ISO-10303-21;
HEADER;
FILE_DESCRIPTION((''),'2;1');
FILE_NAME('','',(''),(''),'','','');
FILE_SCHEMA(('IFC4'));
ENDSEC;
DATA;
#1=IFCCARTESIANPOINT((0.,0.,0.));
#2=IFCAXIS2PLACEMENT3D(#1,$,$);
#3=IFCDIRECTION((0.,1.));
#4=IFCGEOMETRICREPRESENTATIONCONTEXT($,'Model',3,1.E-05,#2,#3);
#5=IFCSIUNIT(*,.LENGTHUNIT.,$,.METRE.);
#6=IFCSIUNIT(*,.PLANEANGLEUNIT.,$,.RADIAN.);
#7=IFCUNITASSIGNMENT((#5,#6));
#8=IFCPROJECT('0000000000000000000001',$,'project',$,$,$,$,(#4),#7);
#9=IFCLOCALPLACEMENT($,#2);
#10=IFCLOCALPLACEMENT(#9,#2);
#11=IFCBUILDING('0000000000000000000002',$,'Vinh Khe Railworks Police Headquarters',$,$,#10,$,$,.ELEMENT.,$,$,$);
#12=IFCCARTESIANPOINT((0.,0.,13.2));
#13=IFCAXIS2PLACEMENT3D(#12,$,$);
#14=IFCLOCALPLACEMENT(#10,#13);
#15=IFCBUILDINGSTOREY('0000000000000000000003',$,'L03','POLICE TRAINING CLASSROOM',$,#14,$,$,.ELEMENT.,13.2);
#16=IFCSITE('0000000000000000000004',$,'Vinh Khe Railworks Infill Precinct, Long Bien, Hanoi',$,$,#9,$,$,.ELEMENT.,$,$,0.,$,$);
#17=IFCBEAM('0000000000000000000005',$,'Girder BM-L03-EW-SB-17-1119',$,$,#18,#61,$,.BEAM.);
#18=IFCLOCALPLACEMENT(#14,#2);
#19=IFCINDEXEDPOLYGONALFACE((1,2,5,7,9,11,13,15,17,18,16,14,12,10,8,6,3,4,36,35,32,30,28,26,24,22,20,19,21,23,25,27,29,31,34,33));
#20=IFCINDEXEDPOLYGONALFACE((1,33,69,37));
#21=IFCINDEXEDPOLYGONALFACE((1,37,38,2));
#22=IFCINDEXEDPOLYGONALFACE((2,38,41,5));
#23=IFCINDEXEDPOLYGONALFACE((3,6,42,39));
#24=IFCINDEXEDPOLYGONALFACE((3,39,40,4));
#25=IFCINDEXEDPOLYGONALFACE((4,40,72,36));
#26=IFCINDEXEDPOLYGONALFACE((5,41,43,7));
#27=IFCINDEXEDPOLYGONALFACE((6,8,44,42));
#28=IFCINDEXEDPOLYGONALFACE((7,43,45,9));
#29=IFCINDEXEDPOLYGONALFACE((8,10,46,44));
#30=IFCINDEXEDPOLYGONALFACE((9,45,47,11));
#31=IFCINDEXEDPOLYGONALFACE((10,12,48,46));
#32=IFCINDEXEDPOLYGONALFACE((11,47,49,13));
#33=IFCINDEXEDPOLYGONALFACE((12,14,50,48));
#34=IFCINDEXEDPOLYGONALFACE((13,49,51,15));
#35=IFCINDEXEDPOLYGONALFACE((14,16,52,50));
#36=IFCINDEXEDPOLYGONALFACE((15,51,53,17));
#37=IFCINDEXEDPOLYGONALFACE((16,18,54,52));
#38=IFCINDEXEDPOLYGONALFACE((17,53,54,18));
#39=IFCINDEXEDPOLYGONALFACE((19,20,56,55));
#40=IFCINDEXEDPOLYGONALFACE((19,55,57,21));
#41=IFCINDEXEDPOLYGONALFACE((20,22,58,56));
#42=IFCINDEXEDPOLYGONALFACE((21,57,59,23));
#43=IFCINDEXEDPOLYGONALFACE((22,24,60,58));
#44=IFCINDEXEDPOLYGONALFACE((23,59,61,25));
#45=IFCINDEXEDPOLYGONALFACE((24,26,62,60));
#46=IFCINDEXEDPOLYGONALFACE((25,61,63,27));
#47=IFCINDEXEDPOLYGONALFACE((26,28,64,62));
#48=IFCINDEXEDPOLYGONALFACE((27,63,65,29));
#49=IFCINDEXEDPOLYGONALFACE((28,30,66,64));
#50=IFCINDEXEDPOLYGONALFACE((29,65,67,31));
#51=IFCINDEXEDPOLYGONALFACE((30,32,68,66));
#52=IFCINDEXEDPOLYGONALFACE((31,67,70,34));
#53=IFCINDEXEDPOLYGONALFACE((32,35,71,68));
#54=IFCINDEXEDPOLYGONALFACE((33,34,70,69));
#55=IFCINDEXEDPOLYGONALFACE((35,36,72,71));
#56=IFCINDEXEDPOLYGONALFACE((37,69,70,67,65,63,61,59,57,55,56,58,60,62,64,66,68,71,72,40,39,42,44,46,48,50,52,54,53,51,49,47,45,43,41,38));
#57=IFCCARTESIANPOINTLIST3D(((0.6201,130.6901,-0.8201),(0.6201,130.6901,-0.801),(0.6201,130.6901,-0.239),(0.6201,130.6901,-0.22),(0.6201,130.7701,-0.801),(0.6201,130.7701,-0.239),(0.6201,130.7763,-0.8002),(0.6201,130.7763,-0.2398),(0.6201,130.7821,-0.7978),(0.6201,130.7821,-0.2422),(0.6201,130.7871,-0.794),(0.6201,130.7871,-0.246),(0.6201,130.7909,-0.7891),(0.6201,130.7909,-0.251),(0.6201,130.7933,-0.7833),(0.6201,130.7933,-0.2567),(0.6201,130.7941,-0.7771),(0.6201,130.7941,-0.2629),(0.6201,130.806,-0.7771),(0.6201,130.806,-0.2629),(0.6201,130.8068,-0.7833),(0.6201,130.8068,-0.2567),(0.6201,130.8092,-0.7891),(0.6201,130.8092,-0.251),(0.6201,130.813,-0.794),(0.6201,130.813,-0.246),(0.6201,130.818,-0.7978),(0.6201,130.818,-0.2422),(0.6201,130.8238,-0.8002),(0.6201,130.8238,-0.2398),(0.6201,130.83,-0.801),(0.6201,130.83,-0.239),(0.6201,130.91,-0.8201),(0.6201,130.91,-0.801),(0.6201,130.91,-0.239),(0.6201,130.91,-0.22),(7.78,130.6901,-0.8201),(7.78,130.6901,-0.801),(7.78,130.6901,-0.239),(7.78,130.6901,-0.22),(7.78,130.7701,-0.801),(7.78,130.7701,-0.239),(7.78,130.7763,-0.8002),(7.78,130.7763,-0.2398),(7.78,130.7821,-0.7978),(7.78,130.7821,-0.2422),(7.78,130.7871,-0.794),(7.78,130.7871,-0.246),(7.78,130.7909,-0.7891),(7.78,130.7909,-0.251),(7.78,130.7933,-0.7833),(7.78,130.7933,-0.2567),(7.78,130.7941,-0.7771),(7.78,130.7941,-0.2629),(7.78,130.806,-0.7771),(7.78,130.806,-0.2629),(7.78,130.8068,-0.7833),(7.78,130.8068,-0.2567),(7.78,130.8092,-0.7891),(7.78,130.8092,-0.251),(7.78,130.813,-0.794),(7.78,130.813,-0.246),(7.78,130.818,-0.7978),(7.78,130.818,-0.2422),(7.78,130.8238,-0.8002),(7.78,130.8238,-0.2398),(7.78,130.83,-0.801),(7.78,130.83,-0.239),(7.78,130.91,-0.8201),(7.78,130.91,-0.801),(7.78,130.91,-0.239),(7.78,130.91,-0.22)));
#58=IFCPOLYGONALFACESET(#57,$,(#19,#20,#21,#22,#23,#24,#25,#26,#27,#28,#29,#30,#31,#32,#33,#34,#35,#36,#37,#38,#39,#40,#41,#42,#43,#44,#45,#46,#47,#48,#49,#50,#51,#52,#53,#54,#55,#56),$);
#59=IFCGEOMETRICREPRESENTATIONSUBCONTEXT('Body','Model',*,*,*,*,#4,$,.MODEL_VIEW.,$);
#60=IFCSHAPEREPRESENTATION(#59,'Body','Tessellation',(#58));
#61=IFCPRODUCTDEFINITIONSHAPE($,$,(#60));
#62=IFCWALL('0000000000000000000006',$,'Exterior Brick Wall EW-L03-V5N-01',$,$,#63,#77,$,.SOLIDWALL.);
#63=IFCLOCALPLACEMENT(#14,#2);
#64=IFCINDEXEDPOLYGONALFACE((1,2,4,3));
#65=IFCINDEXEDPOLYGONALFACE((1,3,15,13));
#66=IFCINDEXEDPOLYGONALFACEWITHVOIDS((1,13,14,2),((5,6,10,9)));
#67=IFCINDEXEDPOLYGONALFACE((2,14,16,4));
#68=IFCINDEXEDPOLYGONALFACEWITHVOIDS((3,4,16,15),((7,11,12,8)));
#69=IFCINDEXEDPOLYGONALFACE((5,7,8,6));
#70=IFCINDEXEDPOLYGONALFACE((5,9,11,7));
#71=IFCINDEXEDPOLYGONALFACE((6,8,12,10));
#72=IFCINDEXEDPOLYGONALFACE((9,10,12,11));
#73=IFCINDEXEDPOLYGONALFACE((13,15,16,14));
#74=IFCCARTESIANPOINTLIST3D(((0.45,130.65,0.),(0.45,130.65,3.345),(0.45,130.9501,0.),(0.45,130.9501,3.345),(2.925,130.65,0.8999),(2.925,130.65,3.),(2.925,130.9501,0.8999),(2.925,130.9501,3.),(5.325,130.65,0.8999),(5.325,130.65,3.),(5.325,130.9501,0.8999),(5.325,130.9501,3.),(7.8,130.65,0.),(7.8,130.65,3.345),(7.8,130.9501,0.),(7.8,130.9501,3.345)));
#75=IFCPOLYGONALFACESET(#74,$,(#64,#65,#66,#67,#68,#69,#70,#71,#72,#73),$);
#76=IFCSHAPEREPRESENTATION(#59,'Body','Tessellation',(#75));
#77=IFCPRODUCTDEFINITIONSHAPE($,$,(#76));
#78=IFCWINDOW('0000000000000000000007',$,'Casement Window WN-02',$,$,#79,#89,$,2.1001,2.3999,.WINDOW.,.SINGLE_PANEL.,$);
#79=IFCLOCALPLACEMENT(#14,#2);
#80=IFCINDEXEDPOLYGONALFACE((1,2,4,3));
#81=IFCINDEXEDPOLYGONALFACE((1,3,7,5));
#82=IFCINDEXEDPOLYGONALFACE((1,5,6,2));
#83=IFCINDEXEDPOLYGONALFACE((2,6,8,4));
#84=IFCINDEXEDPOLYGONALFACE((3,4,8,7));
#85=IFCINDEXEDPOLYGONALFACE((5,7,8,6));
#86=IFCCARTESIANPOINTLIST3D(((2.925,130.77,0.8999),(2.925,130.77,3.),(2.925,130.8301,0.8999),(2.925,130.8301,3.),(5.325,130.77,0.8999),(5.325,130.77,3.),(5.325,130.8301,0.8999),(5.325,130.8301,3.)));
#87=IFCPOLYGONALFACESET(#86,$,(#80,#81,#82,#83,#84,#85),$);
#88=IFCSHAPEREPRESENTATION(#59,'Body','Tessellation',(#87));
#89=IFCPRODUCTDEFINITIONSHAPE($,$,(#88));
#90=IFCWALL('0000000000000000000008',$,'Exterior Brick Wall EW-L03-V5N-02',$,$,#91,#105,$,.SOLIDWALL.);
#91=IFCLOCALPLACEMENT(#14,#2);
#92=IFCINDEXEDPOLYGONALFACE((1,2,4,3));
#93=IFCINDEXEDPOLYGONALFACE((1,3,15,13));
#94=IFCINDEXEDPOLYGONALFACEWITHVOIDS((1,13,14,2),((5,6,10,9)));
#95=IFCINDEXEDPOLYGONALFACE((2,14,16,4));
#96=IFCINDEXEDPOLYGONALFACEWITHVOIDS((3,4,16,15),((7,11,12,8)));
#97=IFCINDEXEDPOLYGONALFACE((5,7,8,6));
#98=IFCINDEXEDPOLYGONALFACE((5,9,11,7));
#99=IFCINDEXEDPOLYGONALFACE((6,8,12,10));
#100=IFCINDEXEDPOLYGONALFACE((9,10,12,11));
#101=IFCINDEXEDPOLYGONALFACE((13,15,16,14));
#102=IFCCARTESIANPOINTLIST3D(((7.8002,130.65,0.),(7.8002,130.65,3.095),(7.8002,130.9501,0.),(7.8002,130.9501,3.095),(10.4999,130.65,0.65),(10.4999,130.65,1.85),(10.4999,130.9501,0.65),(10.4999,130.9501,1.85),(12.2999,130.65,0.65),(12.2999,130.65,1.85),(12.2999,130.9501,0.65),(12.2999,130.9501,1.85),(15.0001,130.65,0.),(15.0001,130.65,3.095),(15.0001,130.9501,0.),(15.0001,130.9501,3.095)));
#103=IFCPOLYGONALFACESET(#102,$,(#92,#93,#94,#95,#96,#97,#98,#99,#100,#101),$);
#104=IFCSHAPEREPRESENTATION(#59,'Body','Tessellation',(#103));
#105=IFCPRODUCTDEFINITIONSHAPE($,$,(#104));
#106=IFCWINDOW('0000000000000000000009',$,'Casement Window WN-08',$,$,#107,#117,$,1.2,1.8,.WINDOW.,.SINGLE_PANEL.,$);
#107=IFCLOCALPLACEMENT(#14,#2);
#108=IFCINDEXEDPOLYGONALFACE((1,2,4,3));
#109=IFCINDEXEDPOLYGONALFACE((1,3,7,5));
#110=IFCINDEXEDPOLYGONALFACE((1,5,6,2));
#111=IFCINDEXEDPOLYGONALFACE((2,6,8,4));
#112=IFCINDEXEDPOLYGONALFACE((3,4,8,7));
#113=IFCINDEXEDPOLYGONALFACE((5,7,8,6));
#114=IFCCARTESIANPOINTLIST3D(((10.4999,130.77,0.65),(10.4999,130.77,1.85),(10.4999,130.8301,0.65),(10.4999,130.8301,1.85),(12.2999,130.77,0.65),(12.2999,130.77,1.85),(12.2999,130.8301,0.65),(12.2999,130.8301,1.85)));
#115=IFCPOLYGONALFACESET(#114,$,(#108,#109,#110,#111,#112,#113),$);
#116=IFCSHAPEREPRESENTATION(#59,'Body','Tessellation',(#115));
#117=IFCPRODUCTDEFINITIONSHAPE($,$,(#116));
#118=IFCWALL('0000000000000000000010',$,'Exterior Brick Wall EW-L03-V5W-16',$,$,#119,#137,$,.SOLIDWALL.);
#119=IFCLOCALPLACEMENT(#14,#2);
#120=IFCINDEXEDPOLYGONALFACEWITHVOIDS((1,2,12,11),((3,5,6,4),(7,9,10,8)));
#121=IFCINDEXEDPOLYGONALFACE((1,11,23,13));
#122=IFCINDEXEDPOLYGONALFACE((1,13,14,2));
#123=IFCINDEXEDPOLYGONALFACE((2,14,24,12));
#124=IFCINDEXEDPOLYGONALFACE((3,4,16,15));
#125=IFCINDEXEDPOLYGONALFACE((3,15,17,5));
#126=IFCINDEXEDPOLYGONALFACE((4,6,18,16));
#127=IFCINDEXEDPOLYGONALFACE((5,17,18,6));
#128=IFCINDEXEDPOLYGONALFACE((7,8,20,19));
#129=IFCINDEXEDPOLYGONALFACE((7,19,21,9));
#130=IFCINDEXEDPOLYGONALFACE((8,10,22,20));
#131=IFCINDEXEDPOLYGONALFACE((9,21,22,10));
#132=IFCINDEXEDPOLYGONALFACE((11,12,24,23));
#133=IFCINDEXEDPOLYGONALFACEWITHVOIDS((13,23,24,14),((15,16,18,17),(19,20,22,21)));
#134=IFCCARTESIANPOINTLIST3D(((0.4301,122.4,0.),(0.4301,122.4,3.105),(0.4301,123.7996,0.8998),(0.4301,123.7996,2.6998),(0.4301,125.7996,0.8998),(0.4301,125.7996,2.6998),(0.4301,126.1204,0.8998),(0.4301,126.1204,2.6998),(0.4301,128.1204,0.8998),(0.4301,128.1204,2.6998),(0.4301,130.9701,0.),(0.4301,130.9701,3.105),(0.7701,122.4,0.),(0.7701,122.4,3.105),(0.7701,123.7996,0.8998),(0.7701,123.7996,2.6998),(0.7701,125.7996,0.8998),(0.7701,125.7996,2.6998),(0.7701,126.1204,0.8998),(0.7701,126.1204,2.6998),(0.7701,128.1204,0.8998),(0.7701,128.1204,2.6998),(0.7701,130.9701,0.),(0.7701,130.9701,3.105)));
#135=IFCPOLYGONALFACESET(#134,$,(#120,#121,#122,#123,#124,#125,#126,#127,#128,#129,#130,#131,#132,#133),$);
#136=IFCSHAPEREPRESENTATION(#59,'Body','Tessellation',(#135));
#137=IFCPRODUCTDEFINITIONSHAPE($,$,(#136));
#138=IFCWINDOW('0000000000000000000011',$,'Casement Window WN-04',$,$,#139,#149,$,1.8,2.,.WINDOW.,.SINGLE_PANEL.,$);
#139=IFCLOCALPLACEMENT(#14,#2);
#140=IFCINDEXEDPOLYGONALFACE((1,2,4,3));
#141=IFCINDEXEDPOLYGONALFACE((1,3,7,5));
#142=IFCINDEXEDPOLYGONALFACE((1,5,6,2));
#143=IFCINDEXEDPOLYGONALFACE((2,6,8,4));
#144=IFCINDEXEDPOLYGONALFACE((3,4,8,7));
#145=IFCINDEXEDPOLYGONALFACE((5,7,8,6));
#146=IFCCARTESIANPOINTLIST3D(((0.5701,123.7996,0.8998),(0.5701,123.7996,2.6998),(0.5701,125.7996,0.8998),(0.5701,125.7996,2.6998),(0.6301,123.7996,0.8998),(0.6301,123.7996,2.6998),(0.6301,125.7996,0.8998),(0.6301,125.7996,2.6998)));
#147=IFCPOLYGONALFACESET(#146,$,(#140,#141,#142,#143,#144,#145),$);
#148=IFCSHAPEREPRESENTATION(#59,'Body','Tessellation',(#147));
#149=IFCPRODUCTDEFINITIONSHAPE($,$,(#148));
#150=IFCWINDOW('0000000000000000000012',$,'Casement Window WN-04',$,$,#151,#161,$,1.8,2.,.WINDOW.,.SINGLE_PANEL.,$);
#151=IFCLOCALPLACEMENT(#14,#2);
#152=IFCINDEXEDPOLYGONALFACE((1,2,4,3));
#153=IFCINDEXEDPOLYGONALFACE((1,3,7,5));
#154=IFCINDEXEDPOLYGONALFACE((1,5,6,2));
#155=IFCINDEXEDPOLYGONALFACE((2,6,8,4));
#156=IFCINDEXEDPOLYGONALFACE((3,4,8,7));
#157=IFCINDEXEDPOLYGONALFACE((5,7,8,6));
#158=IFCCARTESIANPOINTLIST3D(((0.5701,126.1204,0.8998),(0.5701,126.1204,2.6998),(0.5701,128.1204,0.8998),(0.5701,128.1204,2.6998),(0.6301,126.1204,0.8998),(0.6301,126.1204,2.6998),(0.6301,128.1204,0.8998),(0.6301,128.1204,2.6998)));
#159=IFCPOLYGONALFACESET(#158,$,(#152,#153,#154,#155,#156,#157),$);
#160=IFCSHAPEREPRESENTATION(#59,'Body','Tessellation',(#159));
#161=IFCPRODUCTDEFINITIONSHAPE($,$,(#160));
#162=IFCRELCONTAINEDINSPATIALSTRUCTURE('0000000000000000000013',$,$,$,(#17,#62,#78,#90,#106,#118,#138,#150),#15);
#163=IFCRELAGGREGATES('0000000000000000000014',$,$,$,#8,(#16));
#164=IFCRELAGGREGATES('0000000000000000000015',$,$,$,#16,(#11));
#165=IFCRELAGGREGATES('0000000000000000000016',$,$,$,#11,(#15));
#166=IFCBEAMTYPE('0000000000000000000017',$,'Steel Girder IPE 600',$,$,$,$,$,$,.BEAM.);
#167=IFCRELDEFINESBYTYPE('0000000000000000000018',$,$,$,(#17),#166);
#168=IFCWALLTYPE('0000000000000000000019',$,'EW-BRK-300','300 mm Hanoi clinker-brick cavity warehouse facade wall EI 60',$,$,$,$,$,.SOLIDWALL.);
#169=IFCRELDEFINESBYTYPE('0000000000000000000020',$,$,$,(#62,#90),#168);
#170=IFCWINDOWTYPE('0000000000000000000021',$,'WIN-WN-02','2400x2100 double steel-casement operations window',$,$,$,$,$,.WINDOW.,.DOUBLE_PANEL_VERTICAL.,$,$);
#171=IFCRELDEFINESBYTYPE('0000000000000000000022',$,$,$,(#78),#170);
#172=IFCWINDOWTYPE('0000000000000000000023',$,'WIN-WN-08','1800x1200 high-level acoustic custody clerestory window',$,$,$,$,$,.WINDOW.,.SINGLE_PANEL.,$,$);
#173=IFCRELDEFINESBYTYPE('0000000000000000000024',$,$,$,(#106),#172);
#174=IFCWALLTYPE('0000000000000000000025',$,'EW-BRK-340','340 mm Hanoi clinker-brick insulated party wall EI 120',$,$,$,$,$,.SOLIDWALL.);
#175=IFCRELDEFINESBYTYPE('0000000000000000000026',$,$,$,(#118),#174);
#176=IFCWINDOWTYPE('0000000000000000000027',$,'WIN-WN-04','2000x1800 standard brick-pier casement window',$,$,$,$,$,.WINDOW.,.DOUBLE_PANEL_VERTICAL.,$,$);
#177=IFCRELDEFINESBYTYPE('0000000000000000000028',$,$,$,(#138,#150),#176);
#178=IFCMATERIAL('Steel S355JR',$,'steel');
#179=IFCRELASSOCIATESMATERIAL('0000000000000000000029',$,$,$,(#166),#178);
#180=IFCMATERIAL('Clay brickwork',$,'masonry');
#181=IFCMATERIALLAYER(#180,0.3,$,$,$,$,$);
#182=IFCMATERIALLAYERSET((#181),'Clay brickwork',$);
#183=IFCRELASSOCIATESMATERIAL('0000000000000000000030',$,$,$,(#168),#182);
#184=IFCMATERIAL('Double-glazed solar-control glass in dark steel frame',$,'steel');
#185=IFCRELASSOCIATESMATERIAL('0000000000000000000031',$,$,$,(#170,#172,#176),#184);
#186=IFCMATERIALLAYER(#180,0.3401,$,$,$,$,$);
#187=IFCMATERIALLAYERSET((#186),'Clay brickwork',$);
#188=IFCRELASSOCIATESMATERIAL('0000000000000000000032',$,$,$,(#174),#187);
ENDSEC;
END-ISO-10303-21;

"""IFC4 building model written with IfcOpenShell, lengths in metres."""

from ifc_helpers import new_model, si_unit, direction, frame, frame_2d, origin, origin_2d, place, context, subcontext, project, spatial, rectangle, i_section, extrude, material, layer, layer_set, material_profile, profile_set, type_object, element, fill, save


model = new_model("IFC4")

# Units and contexts
model_context = context("Model", 3, precision=1e-05, world=origin(), true_north=direction((0.0, 1.0)))
body_context = subcontext(model_context, "Body", "Model", "MODEL_VIEW")
ifc_project = project(units=[si_unit("LENGTHUNIT", "METRE"), si_unit("PLANEANGLEUNIT", "RADIAN")], contexts=[model_context])

# Site, building, storey
site_placement = place(None, origin())
site = spatial("IfcSite", under=ifc_project, at=site_placement, Name="Vinh Khe Railworks Infill Precinct, Long Bien, Hanoi", CompositionType="ELEMENT", RefElevation=0.0)
building_placement = place(site_placement, origin())
building = spatial("IfcBuilding", under=site, at=building_placement, Name="Vinh Khe Railworks Police Headquarters", CompositionType="ELEMENT")
storey_placement = place(building_placement, frame((0.0, 0.0, 13.2)))
storey = spatial("IfcBuildingStorey", under=building, at=storey_placement, Name="L03", Description="POLICE TRAINING CLASSROOM", CompositionType="ELEMENT", Elevation=13.2)

# Shared definitions
ifc_material_1 = material(Name="Steel S355JR", Category="steel")

# Beam
ifc_material_profile_1 = material_profile(ifc_material_1, i_section(OverallWidth=0.22, OverallDepth=0.6001, WebThickness=0.012, FlangeThickness=0.019, FilletRadius=0.0239, at=origin_2d()), Name="IPE 600")
ifc_profile_set_1 = profile_set([ifc_material_profile_1], Name="Steel S355JR")
beam_type_1 = type_object("IfcBeamType", Name="Steel Girder IPE 600", PredefinedType="BEAM", material=ifc_profile_set_1)
beam_1_placement = place(storey_placement, frame((0.6201, 130.8, -0.52), z_axis=(1.0, 0.0, 0.0), x_axis=(0.0, 1.0, 0.0)))
element("IfcBeam", 1, at=beam_1_placement, inside=storey, type_object=beam_type_1, Name="Girder BM-L03-EW-SB-17-1119", PredefinedType="BEAM", context=body_context, shape_type="SweptSolid", body=[
    extrude(i_section(OverallWidth=0.22, OverallDepth=0.6001, WebThickness=0.012, FlangeThickness=0.019, FilletRadius=0.0239, at=origin_2d()), origin(), (0.0, 0.0, 1.0), 7.1599),
])

# Walls, openings, windows
ifc_material_2 = material(Name="Clay brickwork", Category="masonry")
ifc_layer_1 = layer(ifc_material_2, 0.3)
ifc_layer_set_1 = layer_set([ifc_layer_1], Name="Clay brickwork")
wall_type_1 = type_object("IfcWallType", Name="EW-BRK-300", Description="300 mm Hanoi clinker-brick cavity warehouse facade wall EI 60", PredefinedType="SOLIDWALL", material=ifc_layer_set_1)
wall_1_placement = place(storey_placement, frame((0.45, 130.8, 0.0), z_axis=(0.0, 0.0, 1.0), x_axis=(1.0, 0.0, 0.0)))
wall_1 = element("IfcWall", 2, at=wall_1_placement, inside=storey, type_object=wall_type_1, Name="Exterior Brick Wall EW-L03-V5N-01", PredefinedType="SOLIDWALL", context=body_context, shape_type="SweptSolid", body=[
    extrude(rectangle(XDim=7.3501, YDim=0.3, at=frame_2d((3.675, 0.0))), origin(), (0.0, 0.0, 1.0), 3.345),
])
opening_1_placement = place(wall_1_placement, frame((2.4751, 0.0, 0.8999)))
opening_1 = element("IfcOpeningElement", 3, at=opening_1_placement, cuts=wall_1, PredefinedType="OPENING", context=body_context, shape_type="SweptSolid", body=[
    extrude(rectangle(XDim=2.3999, YDim=2.1001, at=frame_2d((1.2, 1.05))), frame((0.0, 0.165, 0.0), z_axis=(0.0, -1.0, 0.0), x_axis=(1.0, 0.0, 0.0)), (0.0, 0.0, 1.0), 0.3298),
])
ifc_material_3 = material(Name="Double-glazed solar-control glass in dark steel frame", Category="steel")
window_type_1 = type_object("IfcWindowType", Name="WIN-WN-02", Description="2400x2100 double steel-casement operations window", PartitioningType="DOUBLE_PANEL_VERTICAL", PredefinedType="WINDOW", material=ifc_material_3)
window_1_placement = place(opening_1_placement, origin())
window_1 = element("IfcWindow", 4, at=window_1_placement, inside=storey, type_object=window_type_1, Name="Casement Window WN-02", OverallHeight=2.1001, OverallWidth=2.3999, PartitioningType="SINGLE_PANEL", PredefinedType="WINDOW", context=body_context, shape_type="SweptSolid", body=[
    extrude(rectangle(XDim=2.3999, YDim=2.1001, at=frame_2d((1.2, 1.05))), frame((0.0, 0.03, 0.0), z_axis=(0.0, -1.0, 0.0), x_axis=(1.0, 0.0, 0.0)), (0.0, 0.0, 1.0), 0.0601),
])
fill(opening_1, window_1)
wall_2_placement = place(storey_placement, frame((7.8, 130.8, 0.0), z_axis=(0.0, 0.0, 1.0), x_axis=(1.0, 0.0, 0.0)))
wall_2 = element("IfcWall", 5, at=wall_2_placement, inside=storey, type_object=wall_type_1, Name="Exterior Brick Wall EW-L03-V5N-02", PredefinedType="SOLIDWALL", context=body_context, shape_type="SweptSolid", body=[
    extrude(rectangle(XDim=7.2, YDim=0.3, at=frame_2d((3.6001, 0.0))), origin(), (0.0, 0.0, 1.0), 3.095),
])
opening_2_placement = place(wall_2_placement, frame((2.7, 0.0, 0.6499)))
opening_2 = element("IfcOpeningElement", 6, at=opening_2_placement, cuts=wall_2, PredefinedType="OPENING", context=body_context, shape_type="SweptSolid", body=[
    extrude(rectangle(XDim=1.8, YDim=1.2, at=frame_2d((0.8999, 0.6001))), frame((0.0, 0.165, 0.0), z_axis=(0.0, -1.0, 0.0), x_axis=(1.0, 0.0, 0.0)), (0.0, 0.0, 1.0), 0.3298),
])
window_type_2 = type_object("IfcWindowType", Name="WIN-WN-08", Description="1800x1200 high-level acoustic custody clerestory window", PartitioningType="SINGLE_PANEL", PredefinedType="WINDOW", material=ifc_material_3)
window_2_placement = place(opening_2_placement, origin())
window_2 = element("IfcWindow", 7, at=window_2_placement, inside=storey, type_object=window_type_2, Name="Casement Window WN-08", OverallHeight=1.2, OverallWidth=1.8, PartitioningType="SINGLE_PANEL", PredefinedType="WINDOW", context=body_context, shape_type="SweptSolid", body=[
    extrude(rectangle(XDim=1.8, YDim=1.2, at=frame_2d((0.8999, 0.6001))), frame((0.0, 0.03, 0.0), z_axis=(0.0, -1.0, 0.0), x_axis=(1.0, 0.0, 0.0)), (0.0, 0.0, 1.0), 0.0601),
])
fill(opening_2, window_2)

# Wall, openings, windows
ifc_layer_2 = layer(ifc_material_2, 0.3401)
ifc_layer_set_2 = layer_set([ifc_layer_2], Name="Clay brickwork")
wall_type_2 = type_object("IfcWallType", Name="EW-BRK-340", Description="340 mm Hanoi clinker-brick insulated party wall EI 120", PredefinedType="SOLIDWALL", material=ifc_layer_set_2)
wall_3_placement = place(storey_placement, frame((0.6001, 122.3999, 0.0), z_axis=(0.0, 0.0, 1.0), x_axis=(0.0, 1.0, 0.0)))
wall_3 = element("IfcWall", 8, at=wall_3_placement, inside=storey, type_object=wall_type_2, Name="Exterior Brick Wall EW-L03-V5W-16", PredefinedType="SOLIDWALL", context=body_context, shape_type="SweptSolid", body=[
    extrude(rectangle(XDim=8.5701, YDim=0.3401, at=frame_2d((4.2852, 0.0))), origin(), (0.0, 0.0, 1.0), 3.105),
])
opening_3_placement = place(wall_3_placement, frame((1.3997, 0.0, 0.8999)))
opening_3 = element("IfcOpeningElement", 9, at=opening_3_placement, cuts=wall_3, PredefinedType="OPENING", context=body_context, shape_type="SweptSolid", body=[
    extrude(rectangle(XDim=2.0, YDim=1.8, at=frame_2d((1.0, 0.8999))), frame((0.0, 0.1851, 0.0), z_axis=(0.0, -1.0, 0.0), x_axis=(1.0, 0.0, 0.0)), (0.0, 0.0, 1.0), 0.3699),
])
opening_4_placement = place(wall_3_placement, frame((3.7205, 0.0, 0.8999)))
opening_4 = element("IfcOpeningElement", 10, at=opening_4_placement, cuts=wall_3, PredefinedType="OPENING", context=body_context, shape_type="SweptSolid", body=[
    extrude(rectangle(XDim=2.0, YDim=1.8, at=frame_2d((1.0, 0.8999))), frame((0.0, 0.1851, 0.0), z_axis=(0.0, -1.0, 0.0), x_axis=(1.0, 0.0, 0.0)), (0.0, 0.0, 1.0), 0.3699),
])
window_type_3 = type_object("IfcWindowType", Name="WIN-WN-04", Description="2000x1800 standard brick-pier casement window", PartitioningType="DOUBLE_PANEL_VERTICAL", PredefinedType="WINDOW", material=ifc_material_3)
window_3_placement = place(opening_3_placement, origin())
window_3 = element("IfcWindow", 11, at=window_3_placement, inside=storey, type_object=window_type_3, Name="Casement Window WN-04", OverallHeight=1.8, OverallWidth=2.0, PartitioningType="SINGLE_PANEL", PredefinedType="WINDOW", context=body_context, shape_type="SweptSolid", body=[
    extrude(rectangle(XDim=2.0, YDim=1.8, at=frame_2d((1.0, 0.8999))), frame((0.0, 0.03, 0.0), z_axis=(0.0, -1.0, 0.0), x_axis=(1.0, 0.0, 0.0)), (0.0, 0.0, 1.0), 0.0601),
])
fill(opening_3, window_3)
window_4_placement = place(opening_4_placement, origin())
window_4 = element("IfcWindow", 12, at=window_4_placement, inside=storey, type_object=window_type_3, Name="Casement Window WN-04", OverallHeight=1.8, OverallWidth=2.0, PartitioningType="SINGLE_PANEL", PredefinedType="WINDOW", context=body_context, shape_type="SweptSolid", body=[
    extrude(rectangle(XDim=2.0, YDim=1.8, at=frame_2d((1.0, 0.8999))), frame((0.0, 0.03, 0.0), z_axis=(0.0, -1.0, 0.0), x_axis=(1.0, 0.0, 0.0)), (0.0, 0.0, 1.0), 0.0601),
])
fill(opening_4, window_4)

save(model, "model.ifc")
